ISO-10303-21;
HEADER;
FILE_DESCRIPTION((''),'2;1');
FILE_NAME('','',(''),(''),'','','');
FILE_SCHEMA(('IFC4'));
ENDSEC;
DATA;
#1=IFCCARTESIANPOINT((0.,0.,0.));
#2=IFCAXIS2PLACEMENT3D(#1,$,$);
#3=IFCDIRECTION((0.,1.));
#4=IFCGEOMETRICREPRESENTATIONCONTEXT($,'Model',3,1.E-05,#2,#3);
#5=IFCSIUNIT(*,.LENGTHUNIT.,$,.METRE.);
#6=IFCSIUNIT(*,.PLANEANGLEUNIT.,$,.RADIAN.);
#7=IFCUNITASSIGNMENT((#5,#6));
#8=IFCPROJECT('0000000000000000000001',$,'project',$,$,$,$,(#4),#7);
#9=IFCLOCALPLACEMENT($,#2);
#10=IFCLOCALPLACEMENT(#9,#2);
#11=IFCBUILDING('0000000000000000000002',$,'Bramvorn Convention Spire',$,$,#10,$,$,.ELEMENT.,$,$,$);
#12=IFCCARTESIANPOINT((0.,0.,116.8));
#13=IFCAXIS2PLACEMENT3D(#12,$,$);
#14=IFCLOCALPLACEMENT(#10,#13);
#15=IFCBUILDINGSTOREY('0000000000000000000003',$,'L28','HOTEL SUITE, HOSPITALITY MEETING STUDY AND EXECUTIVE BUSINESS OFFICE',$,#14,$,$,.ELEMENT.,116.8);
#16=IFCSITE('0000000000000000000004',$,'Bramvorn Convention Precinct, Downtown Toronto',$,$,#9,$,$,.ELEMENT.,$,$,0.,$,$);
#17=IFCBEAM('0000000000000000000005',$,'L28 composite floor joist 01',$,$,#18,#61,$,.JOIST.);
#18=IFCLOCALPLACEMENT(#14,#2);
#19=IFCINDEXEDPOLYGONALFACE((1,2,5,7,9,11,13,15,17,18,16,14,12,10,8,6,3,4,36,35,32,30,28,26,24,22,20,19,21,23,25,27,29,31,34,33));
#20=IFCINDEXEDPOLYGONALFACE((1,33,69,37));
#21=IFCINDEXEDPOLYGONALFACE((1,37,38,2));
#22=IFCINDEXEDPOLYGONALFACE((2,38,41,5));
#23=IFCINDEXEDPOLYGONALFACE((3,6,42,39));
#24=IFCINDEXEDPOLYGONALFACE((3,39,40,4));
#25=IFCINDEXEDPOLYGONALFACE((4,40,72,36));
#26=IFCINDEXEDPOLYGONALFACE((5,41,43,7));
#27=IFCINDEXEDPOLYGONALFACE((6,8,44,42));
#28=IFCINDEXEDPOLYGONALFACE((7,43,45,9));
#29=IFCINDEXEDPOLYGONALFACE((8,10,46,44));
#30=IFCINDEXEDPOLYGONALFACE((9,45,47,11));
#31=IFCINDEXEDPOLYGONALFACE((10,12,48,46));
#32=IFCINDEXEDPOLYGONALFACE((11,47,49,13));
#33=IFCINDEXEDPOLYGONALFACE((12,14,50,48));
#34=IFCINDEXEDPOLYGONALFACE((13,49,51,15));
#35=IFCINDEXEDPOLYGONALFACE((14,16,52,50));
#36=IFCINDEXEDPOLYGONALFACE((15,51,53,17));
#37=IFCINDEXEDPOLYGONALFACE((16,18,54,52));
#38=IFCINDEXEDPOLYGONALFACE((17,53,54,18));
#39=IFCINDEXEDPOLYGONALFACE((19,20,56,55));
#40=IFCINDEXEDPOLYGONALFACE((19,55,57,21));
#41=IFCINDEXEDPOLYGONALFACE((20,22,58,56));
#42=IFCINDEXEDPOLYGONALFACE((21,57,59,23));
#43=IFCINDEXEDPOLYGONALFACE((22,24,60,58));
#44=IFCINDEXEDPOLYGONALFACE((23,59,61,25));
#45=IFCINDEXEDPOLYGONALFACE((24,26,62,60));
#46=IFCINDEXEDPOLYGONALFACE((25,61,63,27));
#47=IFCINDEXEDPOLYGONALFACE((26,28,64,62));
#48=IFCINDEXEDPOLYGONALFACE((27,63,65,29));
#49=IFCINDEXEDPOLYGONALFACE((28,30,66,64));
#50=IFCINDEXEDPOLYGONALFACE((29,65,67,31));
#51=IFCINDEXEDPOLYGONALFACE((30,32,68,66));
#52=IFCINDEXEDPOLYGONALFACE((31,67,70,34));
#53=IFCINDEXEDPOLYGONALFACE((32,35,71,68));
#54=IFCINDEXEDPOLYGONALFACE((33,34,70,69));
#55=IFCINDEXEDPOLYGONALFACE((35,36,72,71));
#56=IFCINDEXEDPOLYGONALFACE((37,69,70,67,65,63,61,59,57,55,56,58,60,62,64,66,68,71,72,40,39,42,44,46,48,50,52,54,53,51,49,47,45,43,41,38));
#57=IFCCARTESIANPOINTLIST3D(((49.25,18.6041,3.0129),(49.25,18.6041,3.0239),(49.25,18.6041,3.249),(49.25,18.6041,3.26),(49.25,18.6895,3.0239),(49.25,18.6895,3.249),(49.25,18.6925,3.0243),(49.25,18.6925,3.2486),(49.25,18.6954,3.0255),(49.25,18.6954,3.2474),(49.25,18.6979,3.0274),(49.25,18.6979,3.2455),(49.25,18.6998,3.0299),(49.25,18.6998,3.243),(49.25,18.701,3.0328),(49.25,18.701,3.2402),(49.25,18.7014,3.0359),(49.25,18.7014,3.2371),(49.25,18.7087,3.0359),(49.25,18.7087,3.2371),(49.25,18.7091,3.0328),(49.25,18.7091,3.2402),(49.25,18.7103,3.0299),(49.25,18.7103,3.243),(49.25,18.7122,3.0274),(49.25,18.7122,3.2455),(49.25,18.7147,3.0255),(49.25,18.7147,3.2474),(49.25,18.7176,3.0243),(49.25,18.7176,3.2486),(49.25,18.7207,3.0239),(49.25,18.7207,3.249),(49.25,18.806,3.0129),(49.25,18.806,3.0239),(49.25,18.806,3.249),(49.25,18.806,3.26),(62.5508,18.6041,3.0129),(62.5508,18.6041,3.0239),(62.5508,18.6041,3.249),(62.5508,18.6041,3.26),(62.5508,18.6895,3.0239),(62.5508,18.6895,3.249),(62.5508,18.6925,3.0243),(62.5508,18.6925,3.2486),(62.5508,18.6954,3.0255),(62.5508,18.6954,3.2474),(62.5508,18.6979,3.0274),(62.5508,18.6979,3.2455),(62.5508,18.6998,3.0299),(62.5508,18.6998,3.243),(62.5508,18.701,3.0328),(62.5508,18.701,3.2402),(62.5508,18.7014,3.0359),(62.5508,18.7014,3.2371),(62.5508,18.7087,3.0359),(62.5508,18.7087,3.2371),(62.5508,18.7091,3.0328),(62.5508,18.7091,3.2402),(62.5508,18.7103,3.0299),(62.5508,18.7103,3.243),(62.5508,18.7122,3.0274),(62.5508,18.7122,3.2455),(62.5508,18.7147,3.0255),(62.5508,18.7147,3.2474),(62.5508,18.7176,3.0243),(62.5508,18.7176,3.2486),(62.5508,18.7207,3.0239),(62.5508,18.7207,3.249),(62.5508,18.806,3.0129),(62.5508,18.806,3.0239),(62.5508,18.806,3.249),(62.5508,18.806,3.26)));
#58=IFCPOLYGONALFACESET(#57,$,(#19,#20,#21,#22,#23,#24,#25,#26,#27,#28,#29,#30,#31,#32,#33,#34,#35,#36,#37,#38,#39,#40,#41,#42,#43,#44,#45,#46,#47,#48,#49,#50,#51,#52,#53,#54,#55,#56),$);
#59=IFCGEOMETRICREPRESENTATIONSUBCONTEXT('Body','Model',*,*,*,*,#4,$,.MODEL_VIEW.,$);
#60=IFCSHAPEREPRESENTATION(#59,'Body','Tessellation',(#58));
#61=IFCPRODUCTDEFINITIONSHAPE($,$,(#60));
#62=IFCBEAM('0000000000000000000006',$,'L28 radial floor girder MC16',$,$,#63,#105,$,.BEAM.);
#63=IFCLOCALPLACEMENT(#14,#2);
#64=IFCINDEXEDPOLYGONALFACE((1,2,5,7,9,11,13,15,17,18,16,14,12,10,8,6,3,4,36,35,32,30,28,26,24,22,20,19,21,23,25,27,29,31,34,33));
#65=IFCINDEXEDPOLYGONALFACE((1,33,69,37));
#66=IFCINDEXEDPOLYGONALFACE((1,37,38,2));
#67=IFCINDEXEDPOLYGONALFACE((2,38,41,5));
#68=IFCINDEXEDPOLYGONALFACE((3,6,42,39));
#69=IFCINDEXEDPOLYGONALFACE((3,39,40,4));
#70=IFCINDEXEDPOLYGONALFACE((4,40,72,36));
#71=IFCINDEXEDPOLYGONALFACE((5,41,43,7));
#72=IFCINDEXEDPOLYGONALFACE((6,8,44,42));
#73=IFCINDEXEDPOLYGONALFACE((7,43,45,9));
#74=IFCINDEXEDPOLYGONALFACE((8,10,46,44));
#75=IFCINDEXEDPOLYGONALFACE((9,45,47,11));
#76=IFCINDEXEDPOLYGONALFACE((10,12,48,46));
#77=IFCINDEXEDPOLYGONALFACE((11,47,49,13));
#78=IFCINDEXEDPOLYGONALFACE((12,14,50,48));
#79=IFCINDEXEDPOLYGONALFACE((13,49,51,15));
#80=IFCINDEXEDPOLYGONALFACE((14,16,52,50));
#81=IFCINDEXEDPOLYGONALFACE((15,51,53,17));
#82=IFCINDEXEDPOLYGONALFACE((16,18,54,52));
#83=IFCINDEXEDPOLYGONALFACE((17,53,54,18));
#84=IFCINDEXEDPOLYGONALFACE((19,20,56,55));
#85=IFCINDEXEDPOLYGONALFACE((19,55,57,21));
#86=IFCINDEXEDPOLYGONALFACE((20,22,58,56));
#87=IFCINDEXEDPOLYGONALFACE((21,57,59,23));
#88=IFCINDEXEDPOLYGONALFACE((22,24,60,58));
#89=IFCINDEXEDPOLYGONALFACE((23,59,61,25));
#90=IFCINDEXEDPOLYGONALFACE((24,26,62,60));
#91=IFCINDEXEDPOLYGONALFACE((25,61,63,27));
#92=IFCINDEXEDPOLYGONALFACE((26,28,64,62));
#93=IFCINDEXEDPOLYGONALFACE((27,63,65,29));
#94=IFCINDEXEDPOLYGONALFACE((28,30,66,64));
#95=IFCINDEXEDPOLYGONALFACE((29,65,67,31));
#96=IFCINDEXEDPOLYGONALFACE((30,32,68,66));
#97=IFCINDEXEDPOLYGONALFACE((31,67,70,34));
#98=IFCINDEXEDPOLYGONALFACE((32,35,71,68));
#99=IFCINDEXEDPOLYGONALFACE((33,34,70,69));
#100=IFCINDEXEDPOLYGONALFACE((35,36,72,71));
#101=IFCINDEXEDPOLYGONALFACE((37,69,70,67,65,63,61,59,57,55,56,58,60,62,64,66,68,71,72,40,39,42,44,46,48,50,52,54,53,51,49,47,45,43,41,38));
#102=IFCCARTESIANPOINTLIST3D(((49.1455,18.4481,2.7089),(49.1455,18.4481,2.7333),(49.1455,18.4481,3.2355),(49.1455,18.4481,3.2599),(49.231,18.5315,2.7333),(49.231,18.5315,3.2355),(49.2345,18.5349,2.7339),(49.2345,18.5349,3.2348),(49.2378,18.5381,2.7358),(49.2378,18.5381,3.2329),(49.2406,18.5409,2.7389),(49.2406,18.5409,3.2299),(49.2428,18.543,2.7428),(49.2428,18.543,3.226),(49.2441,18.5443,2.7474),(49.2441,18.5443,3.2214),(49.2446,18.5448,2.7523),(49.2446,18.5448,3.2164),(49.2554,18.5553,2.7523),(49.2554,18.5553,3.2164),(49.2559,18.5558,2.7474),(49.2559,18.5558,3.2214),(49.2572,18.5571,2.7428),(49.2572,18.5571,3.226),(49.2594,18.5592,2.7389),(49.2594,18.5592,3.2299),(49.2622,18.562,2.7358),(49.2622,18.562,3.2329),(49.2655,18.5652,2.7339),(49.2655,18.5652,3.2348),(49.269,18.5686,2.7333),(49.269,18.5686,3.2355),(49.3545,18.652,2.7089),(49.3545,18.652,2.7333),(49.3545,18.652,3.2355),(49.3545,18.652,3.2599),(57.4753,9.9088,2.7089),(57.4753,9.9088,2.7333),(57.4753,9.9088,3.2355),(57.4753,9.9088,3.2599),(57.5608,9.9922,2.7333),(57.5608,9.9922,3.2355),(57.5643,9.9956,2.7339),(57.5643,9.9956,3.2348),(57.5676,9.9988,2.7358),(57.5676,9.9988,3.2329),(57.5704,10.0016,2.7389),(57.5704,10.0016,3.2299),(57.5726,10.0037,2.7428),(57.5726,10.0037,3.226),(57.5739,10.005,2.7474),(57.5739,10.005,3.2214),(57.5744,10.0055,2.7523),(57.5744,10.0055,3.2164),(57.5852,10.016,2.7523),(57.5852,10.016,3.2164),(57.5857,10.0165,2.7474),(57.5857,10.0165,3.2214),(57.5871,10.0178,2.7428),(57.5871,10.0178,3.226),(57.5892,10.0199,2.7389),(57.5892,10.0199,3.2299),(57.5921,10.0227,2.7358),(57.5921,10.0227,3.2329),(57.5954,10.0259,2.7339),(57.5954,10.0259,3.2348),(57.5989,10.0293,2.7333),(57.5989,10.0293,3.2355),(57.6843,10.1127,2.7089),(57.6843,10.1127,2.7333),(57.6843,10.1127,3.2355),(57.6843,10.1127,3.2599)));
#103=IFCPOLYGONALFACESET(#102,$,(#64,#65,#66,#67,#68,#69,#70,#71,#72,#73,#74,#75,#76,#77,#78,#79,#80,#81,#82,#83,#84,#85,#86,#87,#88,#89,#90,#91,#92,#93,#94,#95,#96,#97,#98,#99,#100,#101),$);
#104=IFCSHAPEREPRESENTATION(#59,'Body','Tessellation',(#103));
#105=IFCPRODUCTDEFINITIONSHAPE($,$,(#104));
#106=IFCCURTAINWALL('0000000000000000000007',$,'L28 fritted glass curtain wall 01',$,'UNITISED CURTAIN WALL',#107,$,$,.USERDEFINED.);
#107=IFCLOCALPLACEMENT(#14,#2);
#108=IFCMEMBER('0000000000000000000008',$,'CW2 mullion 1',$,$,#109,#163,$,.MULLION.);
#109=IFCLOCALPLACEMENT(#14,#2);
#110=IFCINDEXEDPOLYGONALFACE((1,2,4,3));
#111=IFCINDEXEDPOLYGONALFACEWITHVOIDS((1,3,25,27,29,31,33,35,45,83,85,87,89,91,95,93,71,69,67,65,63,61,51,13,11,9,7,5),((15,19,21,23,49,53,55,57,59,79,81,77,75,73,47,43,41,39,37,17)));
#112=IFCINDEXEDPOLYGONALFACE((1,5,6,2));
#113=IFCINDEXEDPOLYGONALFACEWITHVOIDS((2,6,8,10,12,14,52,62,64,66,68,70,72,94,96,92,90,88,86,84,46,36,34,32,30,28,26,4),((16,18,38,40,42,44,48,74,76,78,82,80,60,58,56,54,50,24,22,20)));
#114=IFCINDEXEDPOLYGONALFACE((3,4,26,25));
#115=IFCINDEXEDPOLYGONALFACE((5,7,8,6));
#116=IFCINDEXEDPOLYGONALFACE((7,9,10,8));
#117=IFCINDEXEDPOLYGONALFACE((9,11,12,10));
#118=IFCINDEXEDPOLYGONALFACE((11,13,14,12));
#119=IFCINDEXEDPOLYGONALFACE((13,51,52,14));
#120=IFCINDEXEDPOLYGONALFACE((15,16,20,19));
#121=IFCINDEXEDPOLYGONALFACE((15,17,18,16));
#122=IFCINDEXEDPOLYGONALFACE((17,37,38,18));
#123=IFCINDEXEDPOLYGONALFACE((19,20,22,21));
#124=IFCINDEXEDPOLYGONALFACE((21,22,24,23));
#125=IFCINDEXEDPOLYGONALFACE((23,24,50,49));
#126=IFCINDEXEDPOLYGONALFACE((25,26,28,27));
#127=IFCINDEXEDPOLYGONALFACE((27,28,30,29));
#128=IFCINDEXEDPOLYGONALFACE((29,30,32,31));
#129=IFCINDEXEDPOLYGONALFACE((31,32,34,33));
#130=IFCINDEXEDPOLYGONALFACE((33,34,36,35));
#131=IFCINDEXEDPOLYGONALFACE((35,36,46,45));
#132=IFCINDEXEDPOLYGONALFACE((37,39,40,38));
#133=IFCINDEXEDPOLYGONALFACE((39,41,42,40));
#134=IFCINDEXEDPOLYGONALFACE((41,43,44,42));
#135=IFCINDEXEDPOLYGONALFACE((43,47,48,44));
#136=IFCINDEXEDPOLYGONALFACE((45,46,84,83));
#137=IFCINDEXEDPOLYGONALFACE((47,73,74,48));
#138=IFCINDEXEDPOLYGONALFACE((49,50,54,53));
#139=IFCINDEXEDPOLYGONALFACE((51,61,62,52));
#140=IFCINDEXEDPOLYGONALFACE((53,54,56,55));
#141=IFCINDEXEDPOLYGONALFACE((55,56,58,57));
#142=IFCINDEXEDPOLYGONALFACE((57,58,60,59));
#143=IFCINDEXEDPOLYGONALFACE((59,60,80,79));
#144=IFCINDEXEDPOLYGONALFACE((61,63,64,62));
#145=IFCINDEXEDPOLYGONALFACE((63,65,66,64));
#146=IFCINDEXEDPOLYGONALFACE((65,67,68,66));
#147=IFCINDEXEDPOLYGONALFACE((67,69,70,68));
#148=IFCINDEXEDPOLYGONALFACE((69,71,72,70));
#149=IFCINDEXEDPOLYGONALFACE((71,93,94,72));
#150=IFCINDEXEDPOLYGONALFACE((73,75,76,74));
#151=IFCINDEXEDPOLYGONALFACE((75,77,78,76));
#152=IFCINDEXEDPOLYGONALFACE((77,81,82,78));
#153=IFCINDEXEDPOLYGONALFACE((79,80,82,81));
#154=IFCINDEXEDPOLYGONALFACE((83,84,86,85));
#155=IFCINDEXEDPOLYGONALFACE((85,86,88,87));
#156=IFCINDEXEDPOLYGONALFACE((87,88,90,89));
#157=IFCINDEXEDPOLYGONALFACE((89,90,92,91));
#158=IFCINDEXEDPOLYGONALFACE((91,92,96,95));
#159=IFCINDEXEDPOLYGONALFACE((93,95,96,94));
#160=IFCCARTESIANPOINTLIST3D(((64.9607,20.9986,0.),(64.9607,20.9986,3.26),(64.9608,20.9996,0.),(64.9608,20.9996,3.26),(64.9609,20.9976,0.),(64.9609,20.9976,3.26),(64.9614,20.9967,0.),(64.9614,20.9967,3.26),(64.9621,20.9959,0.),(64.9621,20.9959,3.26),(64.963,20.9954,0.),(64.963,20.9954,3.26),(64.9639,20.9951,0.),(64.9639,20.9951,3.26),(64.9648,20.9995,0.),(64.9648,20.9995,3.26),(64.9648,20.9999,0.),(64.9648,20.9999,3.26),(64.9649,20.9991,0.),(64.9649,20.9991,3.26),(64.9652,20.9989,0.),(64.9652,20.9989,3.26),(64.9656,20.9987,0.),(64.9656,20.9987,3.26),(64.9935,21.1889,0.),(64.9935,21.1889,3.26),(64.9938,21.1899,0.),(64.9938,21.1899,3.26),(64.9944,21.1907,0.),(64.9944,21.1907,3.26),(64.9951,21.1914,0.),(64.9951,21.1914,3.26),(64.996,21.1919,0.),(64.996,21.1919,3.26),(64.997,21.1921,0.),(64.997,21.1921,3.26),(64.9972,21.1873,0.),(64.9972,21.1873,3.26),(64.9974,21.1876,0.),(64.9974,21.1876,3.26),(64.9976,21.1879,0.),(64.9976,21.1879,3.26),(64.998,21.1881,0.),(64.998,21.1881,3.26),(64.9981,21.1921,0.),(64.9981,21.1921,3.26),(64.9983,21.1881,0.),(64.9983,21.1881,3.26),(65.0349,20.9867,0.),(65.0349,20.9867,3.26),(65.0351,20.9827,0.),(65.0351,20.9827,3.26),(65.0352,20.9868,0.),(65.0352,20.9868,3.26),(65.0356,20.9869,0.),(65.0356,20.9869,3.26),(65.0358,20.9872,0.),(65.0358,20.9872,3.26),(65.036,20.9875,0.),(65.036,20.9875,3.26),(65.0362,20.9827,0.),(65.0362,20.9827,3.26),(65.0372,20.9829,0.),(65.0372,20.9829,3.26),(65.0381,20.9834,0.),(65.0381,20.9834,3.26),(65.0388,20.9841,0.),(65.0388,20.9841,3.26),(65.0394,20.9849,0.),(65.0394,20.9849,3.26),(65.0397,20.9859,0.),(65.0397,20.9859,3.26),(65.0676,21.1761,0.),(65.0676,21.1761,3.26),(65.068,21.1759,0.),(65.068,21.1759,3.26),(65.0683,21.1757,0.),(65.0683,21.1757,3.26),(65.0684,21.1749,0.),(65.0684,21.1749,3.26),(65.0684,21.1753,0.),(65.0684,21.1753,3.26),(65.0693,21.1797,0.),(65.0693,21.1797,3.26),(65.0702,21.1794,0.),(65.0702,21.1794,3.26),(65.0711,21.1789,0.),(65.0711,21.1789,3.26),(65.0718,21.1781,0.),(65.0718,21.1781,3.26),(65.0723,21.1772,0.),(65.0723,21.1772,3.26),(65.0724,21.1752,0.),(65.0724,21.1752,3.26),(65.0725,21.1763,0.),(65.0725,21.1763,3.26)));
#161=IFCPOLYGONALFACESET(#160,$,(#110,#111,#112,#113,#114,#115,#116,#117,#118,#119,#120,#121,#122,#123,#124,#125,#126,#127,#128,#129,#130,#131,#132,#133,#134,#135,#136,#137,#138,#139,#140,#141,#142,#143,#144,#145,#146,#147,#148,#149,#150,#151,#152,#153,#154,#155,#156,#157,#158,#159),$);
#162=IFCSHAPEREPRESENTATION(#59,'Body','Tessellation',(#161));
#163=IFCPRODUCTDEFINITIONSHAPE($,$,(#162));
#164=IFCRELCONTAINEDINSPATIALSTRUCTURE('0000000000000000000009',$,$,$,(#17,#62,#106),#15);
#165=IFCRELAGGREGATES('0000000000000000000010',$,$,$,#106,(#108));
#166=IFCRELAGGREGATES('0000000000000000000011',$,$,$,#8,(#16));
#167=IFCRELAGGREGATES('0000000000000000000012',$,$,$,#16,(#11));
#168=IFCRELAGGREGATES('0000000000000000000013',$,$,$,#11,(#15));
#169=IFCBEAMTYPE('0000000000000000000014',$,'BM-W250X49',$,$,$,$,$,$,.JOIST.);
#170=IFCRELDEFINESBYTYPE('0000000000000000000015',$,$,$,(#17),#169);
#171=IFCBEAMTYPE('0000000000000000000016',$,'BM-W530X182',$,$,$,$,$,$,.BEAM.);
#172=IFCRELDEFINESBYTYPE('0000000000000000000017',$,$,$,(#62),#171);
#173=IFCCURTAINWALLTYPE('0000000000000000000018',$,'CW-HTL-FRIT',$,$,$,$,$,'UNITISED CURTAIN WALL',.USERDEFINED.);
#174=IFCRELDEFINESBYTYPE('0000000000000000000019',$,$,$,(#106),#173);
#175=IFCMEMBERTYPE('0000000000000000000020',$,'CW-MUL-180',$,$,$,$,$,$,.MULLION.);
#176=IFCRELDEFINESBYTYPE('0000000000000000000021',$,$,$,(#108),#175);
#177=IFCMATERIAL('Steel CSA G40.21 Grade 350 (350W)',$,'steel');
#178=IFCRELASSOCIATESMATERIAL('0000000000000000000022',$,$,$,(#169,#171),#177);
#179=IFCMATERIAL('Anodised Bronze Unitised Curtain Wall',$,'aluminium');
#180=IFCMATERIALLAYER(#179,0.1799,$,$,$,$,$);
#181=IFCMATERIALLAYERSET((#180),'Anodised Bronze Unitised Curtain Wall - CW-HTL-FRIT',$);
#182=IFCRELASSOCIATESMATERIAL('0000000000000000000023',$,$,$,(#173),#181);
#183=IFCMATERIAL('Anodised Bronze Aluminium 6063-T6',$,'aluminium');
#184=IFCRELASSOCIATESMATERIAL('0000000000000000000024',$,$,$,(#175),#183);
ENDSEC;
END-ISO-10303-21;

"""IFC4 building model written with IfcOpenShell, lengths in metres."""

from ifc_helpers import new_model, si_unit, direction, frame, origin, origin_2d, place, context, subcontext, project, spatial, hollow_rectangle, i_section, extrude, material, layer, layer_set, material_profile, profile_set, type_object, element, aggregate, save


model = new_model("IFC4")

# Units and contexts
model_context = context("Model", 3, precision=1e-05, world=origin(), true_north=direction((0.0, 1.0)))
body_context = subcontext(model_context, "Body", "Model", "MODEL_VIEW")
ifc_project = project(units=[si_unit("LENGTHUNIT", "METRE"), si_unit("PLANEANGLEUNIT", "RADIAN")], contexts=[model_context])

# Site, building, storey
site_placement = place(None, origin())
site = spatial("IfcSite", under=ifc_project, at=site_placement, Name="Bramvorn Convention Precinct, Downtown Toronto", CompositionType="ELEMENT", RefElevation=0.0)
building_placement = place(site_placement, origin())
building = spatial("IfcBuilding", under=site, at=building_placement, Name="Bramvorn Convention Spire", CompositionType="ELEMENT")
storey_placement = place(building_placement, frame((0.0, 0.0, 116.8)))
storey = spatial("IfcBuildingStorey", under=building, at=storey_placement, Name="L28", Description="HOTEL SUITE, HOSPITALITY MEETING STUDY AND EXECUTIVE BUSINESS OFFICE", CompositionType="ELEMENT", Elevation=116.8)

# Beams
ifc_material_1 = material(Name="Steel CSA G40.21 Grade 350 (350W)", Category="steel")
ifc_material_profile_1 = material_profile(ifc_material_1, i_section(OverallWidth=0.2019, OverallDepth=0.2471, WebThickness=0.0073, FlangeThickness=0.011, FilletRadius=0.012, at=origin_2d()))
ifc_profile_set_1 = profile_set([ifc_material_profile_1], Name="Steel CSA G40.21 Grade 350 (350W) - W250X49")
beam_type_1 = type_object("IfcBeamType", Name="BM-W250X49", PredefinedType="JOIST", material=ifc_profile_set_1)
beam_1_placement = place(storey_placement, frame((49.25, 18.7051, 3.1365), z_axis=(1.0, 0.0, 0.0), x_axis=(0.0, 1.0, 0.0)))
element("IfcBeam", 1, at=beam_1_placement, inside=storey, type_object=beam_type_1, Name="L28 composite floor joist 01", PredefinedType="JOIST", context=body_context, shape_type="SweptSolid", body=[
    extrude(i_section(OverallWidth=0.2019, OverallDepth=0.2471, WebThickness=0.0073, FlangeThickness=0.011, FilletRadius=0.012, at=origin_2d()), origin(), (0.0, 0.0, 1.0), 13.3008),
])
ifc_material_profile_2 = material_profile(ifc_material_1, i_section(OverallWidth=0.292, OverallDepth=0.551, WebThickness=0.0151, FlangeThickness=0.0244, FilletRadius=0.019, at=origin_2d()))
ifc_profile_set_2 = profile_set([ifc_material_profile_2], Name="Steel CSA G40.21 Grade 350 (350W) - W530X182")
beam_type_2 = type_object("IfcBeamType", Name="BM-W530X182", PredefinedType="BEAM", material=ifc_profile_set_2)
beam_2_placement = place(storey_placement, frame((49.25, 18.55, 2.9844), z_axis=(0.698272, -0.715832, 0.0), x_axis=(0.715832, 0.698272, 0.0)))
element("IfcBeam", 2, at=beam_2_placement, inside=storey, type_object=beam_type_2, Name="L28 radial floor girder MC16", PredefinedType="BEAM", context=body_context, shape_type="SweptSolid", body=[
    extrude(i_section(OverallWidth=0.292, OverallDepth=0.551, WebThickness=0.0151, FlangeThickness=0.0244, FilletRadius=0.019, at=origin_2d()), origin(), (0.0, 0.0, 1.0), 11.9292),
])

# Curtain wall, member
ifc_material_2 = material(Name="Anodised Bronze Unitised Curtain Wall", Category="aluminium")
ifc_layer_1 = layer(ifc_material_2, 0.1799)
ifc_layer_set_1 = layer_set([ifc_layer_1], Name="Anodised Bronze Unitised Curtain Wall - CW-HTL-FRIT")
curtain_wall_type = type_object("IfcCurtainWallType", Name="CW-HTL-FRIT", ElementType="UNITISED CURTAIN WALL", PredefinedType="USERDEFINED", material=ifc_layer_set_1)
curtain_wall_placement = place(storey_placement, origin())
curtain_wall = element("IfcCurtainWall", 3, at=curtain_wall_placement, inside=storey, type_object=curtain_wall_type, Name="L28 fritted glass curtain wall 01", ObjectType="UNITISED CURTAIN WALL", PredefinedType="USERDEFINED")
ifc_material_3 = material(Name="Anodised Bronze Aluminium 6063-T6", Category="aluminium")
ifc_material_profile_3 = material_profile(ifc_material_3, hollow_rectangle(XDim=0.0801, YDim=0.2, WallThickness=0.0039, InnerFilletRadius=0.001, OuterFilletRadius=0.0039, at=origin_2d()))
ifc_profile_set_3 = profile_set([ifc_material_profile_3], Name="Anodised Bronze Aluminium 6063-T6 - CWM80X200")
member_type_1 = type_object("IfcMemberType", Name="CW-MUL-180", PredefinedType="MULLION", material=ifc_profile_set_3)
member_1_placement = place(storey_placement, frame((65.0166, 21.0874, 0.0), z_axis=(0.0, 0.0, 1.0), x_axis=(0.985342, -0.170592, 0.0)))
member_1 = element("IfcMember", 4, at=member_1_placement, type_object=member_type_1, Name="CW2 mullion 1", PredefinedType="MULLION", context=body_context, shape_type="SweptSolid", body=[
    extrude(hollow_rectangle(XDim=0.0801, YDim=0.2, WallThickness=0.0039, InnerFilletRadius=0.001, OuterFilletRadius=0.0039, at=origin_2d()), origin(), (0.0, 0.0, 1.0), 3.26),
])
aggregate(curtain_wall, [member_1])

save(model, "model.ifc")
